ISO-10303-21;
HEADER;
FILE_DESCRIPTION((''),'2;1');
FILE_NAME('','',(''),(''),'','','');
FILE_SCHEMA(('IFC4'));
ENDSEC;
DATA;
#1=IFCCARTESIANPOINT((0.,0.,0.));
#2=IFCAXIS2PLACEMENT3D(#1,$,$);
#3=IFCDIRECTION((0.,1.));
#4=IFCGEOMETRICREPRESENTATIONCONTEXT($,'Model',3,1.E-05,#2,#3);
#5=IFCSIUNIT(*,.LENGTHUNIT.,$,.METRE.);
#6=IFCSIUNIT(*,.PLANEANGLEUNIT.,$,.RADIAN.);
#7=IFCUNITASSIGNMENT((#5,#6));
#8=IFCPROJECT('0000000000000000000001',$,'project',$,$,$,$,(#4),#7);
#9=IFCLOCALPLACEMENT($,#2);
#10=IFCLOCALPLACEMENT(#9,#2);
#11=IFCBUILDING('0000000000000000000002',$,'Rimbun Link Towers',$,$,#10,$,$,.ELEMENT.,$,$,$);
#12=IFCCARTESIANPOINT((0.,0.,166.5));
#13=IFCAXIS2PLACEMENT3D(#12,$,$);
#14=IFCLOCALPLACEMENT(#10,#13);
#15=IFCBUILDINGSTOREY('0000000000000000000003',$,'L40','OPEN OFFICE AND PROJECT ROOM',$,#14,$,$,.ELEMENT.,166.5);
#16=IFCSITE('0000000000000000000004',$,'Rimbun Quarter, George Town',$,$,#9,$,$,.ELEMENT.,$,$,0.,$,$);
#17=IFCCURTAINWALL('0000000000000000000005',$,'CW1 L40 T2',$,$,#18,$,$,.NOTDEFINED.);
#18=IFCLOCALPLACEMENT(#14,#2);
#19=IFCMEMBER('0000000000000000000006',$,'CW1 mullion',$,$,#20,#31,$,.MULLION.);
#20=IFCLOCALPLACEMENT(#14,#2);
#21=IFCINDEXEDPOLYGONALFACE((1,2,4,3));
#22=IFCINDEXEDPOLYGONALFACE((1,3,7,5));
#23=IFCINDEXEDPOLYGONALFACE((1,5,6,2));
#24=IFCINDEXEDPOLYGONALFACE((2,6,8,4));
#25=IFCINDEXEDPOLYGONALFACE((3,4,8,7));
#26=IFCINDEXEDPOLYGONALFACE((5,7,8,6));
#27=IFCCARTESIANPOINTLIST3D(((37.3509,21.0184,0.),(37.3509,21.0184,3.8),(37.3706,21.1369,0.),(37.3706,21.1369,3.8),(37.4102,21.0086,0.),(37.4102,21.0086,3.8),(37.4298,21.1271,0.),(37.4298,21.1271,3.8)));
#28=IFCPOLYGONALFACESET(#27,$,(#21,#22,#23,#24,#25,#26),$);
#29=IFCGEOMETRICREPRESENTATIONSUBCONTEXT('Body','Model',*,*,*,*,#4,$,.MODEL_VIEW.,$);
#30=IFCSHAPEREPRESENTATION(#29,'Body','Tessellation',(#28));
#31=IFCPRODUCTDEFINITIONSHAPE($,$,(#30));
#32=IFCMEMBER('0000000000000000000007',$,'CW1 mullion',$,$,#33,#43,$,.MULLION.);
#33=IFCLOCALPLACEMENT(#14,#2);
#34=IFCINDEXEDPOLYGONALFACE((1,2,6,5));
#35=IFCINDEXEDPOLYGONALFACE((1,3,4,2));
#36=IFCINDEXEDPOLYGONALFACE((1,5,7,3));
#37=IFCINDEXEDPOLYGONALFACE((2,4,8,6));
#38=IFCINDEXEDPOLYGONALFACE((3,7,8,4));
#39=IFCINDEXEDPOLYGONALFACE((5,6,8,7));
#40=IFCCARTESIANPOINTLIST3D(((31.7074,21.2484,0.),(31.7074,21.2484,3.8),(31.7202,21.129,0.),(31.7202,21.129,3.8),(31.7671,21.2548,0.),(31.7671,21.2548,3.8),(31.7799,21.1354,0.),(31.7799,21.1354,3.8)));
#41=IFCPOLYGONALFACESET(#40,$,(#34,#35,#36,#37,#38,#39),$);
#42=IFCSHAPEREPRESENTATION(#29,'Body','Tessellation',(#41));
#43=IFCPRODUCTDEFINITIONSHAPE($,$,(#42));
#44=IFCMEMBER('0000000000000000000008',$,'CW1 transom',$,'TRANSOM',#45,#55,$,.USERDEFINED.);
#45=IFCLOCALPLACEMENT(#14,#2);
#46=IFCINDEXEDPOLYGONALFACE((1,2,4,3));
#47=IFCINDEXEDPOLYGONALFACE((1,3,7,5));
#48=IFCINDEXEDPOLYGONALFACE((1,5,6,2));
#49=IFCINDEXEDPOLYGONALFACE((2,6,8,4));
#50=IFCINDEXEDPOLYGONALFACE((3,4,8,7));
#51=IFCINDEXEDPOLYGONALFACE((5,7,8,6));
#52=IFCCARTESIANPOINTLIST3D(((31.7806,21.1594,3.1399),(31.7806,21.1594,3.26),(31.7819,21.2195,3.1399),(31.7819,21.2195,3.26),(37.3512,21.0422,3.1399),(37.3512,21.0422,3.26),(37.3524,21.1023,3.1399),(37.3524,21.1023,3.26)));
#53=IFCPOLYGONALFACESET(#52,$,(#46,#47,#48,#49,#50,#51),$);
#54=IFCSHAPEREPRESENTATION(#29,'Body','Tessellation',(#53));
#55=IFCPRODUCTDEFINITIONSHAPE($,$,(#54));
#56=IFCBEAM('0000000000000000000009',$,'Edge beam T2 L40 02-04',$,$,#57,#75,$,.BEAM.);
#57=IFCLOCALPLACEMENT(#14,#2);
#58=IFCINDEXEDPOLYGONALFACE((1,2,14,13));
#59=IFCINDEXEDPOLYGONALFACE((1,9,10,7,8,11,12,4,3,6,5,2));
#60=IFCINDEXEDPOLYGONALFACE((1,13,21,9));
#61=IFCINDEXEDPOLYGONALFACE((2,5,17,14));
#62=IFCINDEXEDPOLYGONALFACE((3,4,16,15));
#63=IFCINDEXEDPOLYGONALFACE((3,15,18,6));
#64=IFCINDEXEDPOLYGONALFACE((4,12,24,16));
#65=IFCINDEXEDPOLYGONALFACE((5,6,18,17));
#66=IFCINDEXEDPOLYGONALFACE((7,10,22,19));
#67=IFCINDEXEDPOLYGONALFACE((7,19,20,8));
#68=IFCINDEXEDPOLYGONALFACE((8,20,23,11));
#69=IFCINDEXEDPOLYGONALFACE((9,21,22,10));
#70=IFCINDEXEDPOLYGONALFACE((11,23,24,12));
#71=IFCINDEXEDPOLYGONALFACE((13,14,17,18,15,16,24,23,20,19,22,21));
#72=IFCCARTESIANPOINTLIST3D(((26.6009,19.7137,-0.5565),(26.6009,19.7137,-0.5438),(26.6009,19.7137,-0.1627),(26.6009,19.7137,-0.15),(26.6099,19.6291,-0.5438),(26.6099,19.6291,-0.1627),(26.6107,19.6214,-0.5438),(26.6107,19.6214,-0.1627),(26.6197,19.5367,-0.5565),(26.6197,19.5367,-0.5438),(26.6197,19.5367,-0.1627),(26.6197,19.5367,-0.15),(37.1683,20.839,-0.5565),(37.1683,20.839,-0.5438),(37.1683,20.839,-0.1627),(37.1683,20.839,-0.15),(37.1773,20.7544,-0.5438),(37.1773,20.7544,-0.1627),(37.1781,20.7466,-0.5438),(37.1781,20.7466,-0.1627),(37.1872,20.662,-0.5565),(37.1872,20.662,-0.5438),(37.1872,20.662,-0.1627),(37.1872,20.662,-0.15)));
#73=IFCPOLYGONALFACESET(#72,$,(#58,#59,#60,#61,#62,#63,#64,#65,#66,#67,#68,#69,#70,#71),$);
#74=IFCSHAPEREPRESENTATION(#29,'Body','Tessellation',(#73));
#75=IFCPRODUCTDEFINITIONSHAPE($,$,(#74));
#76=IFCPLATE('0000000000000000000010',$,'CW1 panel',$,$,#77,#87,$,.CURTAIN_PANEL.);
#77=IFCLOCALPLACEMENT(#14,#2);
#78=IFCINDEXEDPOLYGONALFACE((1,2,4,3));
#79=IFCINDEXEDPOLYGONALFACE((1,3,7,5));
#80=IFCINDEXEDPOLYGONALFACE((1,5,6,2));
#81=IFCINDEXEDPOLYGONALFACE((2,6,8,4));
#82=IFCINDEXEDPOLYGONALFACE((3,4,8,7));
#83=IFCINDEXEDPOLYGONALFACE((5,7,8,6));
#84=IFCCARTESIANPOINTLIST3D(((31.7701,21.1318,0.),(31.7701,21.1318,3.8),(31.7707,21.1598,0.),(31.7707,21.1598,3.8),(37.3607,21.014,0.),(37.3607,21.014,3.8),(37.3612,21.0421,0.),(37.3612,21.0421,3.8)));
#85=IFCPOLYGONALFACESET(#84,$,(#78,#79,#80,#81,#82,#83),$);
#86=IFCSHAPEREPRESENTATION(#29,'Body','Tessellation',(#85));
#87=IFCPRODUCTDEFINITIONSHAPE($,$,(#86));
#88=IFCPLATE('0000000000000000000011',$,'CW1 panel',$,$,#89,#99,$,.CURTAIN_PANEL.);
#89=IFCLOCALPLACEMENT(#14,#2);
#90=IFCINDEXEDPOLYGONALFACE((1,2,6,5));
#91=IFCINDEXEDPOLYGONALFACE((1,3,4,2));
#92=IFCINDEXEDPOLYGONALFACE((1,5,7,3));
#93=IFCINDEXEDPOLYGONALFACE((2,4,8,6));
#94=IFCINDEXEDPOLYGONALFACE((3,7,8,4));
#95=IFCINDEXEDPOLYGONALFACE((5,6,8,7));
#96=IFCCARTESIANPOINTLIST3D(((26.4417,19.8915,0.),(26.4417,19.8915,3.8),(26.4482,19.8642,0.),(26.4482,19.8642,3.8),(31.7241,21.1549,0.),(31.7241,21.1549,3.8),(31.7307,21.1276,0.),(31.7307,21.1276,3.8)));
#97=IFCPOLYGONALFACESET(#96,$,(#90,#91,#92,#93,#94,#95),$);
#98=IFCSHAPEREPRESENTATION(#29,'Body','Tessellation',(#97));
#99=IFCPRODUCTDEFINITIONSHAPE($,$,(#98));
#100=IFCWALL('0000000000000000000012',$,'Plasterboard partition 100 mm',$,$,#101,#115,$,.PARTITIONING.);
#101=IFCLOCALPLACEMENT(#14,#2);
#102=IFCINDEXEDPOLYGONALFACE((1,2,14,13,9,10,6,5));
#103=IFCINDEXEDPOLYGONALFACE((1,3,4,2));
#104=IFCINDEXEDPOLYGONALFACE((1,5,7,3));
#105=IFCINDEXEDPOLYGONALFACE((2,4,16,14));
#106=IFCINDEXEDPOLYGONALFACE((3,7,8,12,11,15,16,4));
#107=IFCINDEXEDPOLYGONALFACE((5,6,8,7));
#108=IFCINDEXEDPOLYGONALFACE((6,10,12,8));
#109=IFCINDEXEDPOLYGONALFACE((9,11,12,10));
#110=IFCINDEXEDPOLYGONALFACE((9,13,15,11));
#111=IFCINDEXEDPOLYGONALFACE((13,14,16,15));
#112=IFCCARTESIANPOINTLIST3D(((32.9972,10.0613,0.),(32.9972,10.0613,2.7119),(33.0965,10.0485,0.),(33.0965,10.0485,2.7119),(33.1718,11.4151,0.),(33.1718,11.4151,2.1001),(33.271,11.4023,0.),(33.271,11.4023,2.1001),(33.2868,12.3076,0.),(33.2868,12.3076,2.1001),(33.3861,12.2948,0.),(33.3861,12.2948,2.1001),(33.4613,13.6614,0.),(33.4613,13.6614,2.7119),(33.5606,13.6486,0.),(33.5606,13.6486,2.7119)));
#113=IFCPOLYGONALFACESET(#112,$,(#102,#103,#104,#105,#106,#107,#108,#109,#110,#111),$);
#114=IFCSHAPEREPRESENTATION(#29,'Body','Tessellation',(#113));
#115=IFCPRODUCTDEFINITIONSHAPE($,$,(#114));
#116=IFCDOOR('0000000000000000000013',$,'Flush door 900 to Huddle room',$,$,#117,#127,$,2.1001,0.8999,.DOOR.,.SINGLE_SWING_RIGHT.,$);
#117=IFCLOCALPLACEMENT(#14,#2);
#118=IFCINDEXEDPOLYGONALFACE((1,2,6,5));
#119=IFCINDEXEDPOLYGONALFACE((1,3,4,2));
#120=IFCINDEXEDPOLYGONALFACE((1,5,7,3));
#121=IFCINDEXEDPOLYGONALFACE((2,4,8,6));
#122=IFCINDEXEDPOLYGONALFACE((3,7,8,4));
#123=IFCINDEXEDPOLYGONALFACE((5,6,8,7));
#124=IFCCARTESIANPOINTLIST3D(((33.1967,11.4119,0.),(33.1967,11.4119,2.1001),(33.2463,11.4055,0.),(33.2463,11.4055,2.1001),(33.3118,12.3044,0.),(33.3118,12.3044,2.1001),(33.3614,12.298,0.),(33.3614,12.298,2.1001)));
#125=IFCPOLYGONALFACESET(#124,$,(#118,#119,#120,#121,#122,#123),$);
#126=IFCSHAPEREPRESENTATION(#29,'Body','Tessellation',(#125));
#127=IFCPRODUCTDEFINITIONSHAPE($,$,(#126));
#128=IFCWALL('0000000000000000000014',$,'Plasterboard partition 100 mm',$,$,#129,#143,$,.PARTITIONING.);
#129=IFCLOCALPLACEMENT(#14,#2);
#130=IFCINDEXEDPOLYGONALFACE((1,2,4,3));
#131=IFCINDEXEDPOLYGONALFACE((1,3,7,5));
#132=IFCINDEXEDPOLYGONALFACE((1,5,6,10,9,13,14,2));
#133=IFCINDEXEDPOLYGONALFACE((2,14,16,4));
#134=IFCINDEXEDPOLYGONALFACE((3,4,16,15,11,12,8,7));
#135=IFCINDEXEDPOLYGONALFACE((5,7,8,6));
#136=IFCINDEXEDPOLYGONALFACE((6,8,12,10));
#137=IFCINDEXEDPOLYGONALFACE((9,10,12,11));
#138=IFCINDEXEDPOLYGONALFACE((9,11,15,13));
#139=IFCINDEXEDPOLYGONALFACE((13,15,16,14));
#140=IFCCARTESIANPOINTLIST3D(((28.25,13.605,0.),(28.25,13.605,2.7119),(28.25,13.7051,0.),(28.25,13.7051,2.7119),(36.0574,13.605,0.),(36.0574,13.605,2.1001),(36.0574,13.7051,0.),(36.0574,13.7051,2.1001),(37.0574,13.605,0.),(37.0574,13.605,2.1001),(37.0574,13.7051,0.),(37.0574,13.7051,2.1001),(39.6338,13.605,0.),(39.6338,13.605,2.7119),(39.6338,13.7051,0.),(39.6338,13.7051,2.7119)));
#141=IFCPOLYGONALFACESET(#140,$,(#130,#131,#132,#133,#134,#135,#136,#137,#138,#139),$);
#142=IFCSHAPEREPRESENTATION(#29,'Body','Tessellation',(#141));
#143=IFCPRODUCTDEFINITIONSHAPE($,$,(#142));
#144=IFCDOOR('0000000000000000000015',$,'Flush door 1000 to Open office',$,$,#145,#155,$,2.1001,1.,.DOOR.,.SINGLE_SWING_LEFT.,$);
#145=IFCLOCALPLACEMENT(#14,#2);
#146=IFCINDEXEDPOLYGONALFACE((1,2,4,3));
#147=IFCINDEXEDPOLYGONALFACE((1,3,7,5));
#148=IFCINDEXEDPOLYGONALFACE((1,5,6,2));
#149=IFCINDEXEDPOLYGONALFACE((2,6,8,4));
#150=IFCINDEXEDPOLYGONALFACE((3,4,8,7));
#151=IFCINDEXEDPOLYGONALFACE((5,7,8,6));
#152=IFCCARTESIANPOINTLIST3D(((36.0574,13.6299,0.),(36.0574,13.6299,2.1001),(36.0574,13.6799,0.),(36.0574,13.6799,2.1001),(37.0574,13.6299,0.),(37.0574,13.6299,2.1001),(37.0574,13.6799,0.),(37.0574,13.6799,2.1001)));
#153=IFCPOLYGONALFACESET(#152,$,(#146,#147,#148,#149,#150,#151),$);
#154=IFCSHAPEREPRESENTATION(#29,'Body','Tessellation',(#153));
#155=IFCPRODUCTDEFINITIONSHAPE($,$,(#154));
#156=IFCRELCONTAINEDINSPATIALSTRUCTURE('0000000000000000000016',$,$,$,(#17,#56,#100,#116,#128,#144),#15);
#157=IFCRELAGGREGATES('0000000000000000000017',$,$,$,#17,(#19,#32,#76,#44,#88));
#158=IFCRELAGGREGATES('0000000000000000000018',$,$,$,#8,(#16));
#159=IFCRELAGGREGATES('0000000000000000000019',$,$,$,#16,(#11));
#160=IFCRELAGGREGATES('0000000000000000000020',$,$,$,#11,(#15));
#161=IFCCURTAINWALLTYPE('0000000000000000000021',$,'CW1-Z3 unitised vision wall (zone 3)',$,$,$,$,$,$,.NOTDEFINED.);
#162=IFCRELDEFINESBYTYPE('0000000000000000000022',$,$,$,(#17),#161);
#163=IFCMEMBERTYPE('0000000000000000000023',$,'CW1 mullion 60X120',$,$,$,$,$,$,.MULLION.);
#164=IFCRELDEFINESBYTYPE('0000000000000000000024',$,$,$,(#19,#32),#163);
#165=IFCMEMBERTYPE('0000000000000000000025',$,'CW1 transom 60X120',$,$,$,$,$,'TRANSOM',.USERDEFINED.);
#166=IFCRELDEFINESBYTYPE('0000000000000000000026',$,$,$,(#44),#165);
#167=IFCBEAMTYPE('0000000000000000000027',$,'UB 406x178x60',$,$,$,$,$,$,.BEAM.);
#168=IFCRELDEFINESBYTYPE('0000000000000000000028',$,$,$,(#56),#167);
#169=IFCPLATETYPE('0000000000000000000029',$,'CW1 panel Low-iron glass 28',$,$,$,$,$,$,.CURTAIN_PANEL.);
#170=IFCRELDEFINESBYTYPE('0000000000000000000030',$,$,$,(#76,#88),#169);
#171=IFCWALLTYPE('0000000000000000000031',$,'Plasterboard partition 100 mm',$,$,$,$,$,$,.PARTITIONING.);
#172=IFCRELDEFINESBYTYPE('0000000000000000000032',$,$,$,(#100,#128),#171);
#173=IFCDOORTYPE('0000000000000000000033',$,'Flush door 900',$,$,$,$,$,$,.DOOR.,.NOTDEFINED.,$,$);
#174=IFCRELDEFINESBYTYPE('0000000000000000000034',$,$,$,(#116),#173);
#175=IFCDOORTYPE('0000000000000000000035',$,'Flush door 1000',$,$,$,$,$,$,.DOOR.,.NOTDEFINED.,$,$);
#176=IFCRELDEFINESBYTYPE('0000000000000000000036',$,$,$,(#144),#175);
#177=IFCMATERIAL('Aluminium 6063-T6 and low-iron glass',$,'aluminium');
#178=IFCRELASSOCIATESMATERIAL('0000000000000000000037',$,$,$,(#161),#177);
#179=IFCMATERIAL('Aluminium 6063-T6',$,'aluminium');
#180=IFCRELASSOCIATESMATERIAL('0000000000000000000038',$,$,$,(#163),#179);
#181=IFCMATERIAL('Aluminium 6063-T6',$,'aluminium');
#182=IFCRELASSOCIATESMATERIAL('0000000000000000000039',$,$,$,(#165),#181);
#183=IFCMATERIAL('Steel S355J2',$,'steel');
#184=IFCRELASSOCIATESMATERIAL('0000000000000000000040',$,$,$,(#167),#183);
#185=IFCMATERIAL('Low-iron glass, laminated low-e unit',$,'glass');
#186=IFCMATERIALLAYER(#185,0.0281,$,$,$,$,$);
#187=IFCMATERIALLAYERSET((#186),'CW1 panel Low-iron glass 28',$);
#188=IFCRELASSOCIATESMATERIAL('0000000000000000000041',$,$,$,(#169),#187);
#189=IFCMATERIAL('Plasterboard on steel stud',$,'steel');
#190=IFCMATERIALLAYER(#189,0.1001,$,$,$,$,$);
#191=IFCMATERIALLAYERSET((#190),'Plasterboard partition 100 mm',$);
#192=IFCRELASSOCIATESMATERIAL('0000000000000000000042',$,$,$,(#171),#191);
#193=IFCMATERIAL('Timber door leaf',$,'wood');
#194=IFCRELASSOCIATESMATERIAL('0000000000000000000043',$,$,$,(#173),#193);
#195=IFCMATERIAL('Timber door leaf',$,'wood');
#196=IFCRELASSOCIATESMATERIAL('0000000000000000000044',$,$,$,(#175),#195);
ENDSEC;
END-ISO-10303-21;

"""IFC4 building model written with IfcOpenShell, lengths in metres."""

from ifc_helpers import new_model, si_unit, direction, frame, frame_2d, origin, origin_2d, place, context, subcontext, project, spatial, rectangle, i_section, extrude, material, layer, layer_set, material_profile, profile_set, type_object, element, fill, aggregate, save


model = new_model("IFC4")

# Units and contexts
model_context = context("Model", 3, precision=1e-05, world=origin(), true_north=direction((0.0, 1.0)))
body_context = subcontext(model_context, "Body", "Model", "MODEL_VIEW")
ifc_project = project(units=[si_unit("LENGTHUNIT", "METRE"), si_unit("PLANEANGLEUNIT", "RADIAN")], contexts=[model_context])

# Site, building, storey
site_placement = place(None, origin())
site = spatial("IfcSite", under=ifc_project, at=site_placement, Name="Rimbun Quarter, George Town", CompositionType="ELEMENT", RefElevation=0.0)
building_placement = place(site_placement, origin())
building = spatial("IfcBuilding", under=site, at=building_placement, Name="Rimbun Link Towers", CompositionType="ELEMENT")
storey_placement = place(building_placement, frame((0.0, 0.0, 166.5)))
storey = spatial("IfcBuildingStorey", under=building, at=storey_placement, Name="L40", Description="OPEN OFFICE AND PROJECT ROOM", CompositionType="ELEMENT", Elevation=166.5)

# Curtain wall, members
ifc_material_1 = material(Name="Aluminium 6063-T6 and low-iron glass", Category="aluminium")
curtain_wall_type = type_object("IfcCurtainWallType", Name="CW1-Z3 unitised vision wall (zone 3)", PredefinedType="NOTDEFINED", material=ifc_material_1)
curtain_wall_placement = place(storey_placement, origin())
curtain_wall = element("IfcCurtainWall", 1, at=curtain_wall_placement, inside=storey, type_object=curtain_wall_type, Name="CW1 L40 T2", PredefinedType="NOTDEFINED")
ifc_material_2 = material(Name="Aluminium 6063-T6", Category="aluminium")
ifc_material_profile_1 = material_profile(ifc_material_2, rectangle(XDim=0.1201, YDim=0.0601, at=origin_2d()), Name="MULLION 60X120")
ifc_profile_set_1 = profile_set([ifc_material_profile_1], Name="Aluminium 6063-T6")
member_type_1 = type_object("IfcMemberType", Name="CW1 mullion 60X120", PredefinedType="MULLION", material=ifc_profile_set_1)
member_1_placement = place(storey_placement, frame((37.3904, 21.0728, 0.0), z_axis=(0.0, 0.0, 1.0), x_axis=(0.163752, 0.986502, 0.0)))
member_1 = element("IfcMember", 2, at=member_1_placement, type_object=member_type_1, Name="CW1 mullion", PredefinedType="MULLION", context=body_context, shape_type="SweptSolid", body=[
    extrude(rectangle(XDim=0.1201, YDim=0.0601, at=origin_2d()), origin(), (0.0, 0.0, 1.0), 3.8),
])
member_2_placement = place(storey_placement, frame((31.7437, 21.1919, 0.0), z_axis=(0.0, 0.0, 1.0), x_axis=(-0.106647, 0.994297, 0.0)))
member_2 = element("IfcMember", 3, at=member_2_placement, type_object=member_type_1, Name="CW1 mullion", PredefinedType="MULLION", context=body_context, shape_type="SweptSolid", body=[
    extrude(rectangle(XDim=0.1201, YDim=0.0601, at=origin_2d()), origin(), (0.0, 0.0, 1.0), 3.8),
])
ifc_material_3 = material(Name="Aluminium 6063-T6", Category="aluminium")
ifc_material_profile_2 = material_profile(ifc_material_3, rectangle(XDim=0.0601, YDim=0.1201, at=origin_2d()), Name="TRANSOM 60X120")
ifc_profile_set_2 = profile_set([ifc_material_profile_2], Name="Aluminium 6063-T6")
member_type_2 = type_object("IfcMemberType", Name="CW1 transom 60X120", ElementType="TRANSOM", PredefinedType="USERDEFINED", material=ifc_profile_set_2)
member_3_placement = place(storey_placement, frame((31.7812, 21.1895, 3.2), z_axis=(0.999779, -0.021032, 0.0), x_axis=(0.021032, 0.999779, 0.0)))
member_3 = element("IfcMember", 4, at=member_3_placement, type_object=member_type_2, Name="CW1 transom", ObjectType="TRANSOM", PredefinedType="USERDEFINED", context=body_context, shape_type="SweptSolid", body=[
    extrude(rectangle(XDim=0.0601, YDim=0.1201, at=origin_2d()), origin(), (0.0, 0.0, 1.0), 5.5718),
])

# Beam
ifc_material_4 = material(Name="Steel S355J2", Category="steel")
ifc_material_profile_3 = material_profile(ifc_material_4, i_section(OverallWidth=0.178, OverallDepth=0.4065, WebThickness=0.0078, FlangeThickness=0.0127, at=origin_2d()), Name="UB 406x178x60")
ifc_profile_set_3 = profile_set([ifc_material_profile_3], Name="Steel S355J2")
beam_type = type_object("IfcBeamType", Name="UB 406x178x60", PredefinedType="BEAM", material=ifc_profile_set_3)
beam_placement = place(storey_placement, frame((37.1777, 20.7505, -0.3533), z_axis=(-0.994378, -0.105884, 0.0), x_axis=(0.105884, -0.994378, 0.0)))
element("IfcBeam", 5, at=beam_placement, inside=storey, type_object=beam_type, Name="Edge beam T2 L40 02-04", PredefinedType="BEAM", context=body_context, shape_type="SweptSolid", body=[
    extrude(i_section(OverallWidth=0.178, OverallDepth=0.4065, WebThickness=0.0078, FlangeThickness=0.0127, at=origin_2d()), origin(), (0.0, 0.0, 1.0), 10.6272),
])

# Plates
ifc_material_5 = material(Name="Low-iron glass, laminated low-e unit", Category="glass")
ifc_layer_1 = layer(ifc_material_5, 0.0281)
ifc_layer_set_1 = layer_set([ifc_layer_1], Name="CW1 panel Low-iron glass 28")
plate_type = type_object("IfcPlateType", Name="CW1 panel Low-iron glass 28", PredefinedType="CURTAIN_PANEL", material=ifc_layer_set_1)
plate_1_placement = place(storey_placement, frame((34.5657, 21.0869, 0.0), z_axis=(0.0, 0.0, 1.0), x_axis=(0.999778, -0.021059, 0.0)))
plate_1 = element("IfcPlate", 6, at=plate_1_placement, type_object=plate_type, Name="CW1 panel", PredefinedType="CURTAIN_PANEL", context=body_context, shape_type="SweptSolid", body=[
    extrude(rectangle(XDim=5.5918, YDim=0.0281, at=origin_2d()), origin(), (0.0, 0.0, 1.0), 3.8),
])
plate_2_placement = place(storey_placement, frame((29.0862, 20.5095, 0.0), z_axis=(0.0, 0.0, 1.0), x_axis=(0.97257, 0.23261, 0.0)))
plate_2 = element("IfcPlate", 7, at=plate_2_placement, type_object=plate_type, Name="CW1 panel", PredefinedType="CURTAIN_PANEL", context=body_context, shape_type="SweptSolid", body=[
    extrude(rectangle(XDim=5.4314, YDim=0.0281, at=origin_2d()), origin(), (0.0, 0.0, 1.0), 3.8),
])
aggregate(curtain_wall, [member_1, member_2, plate_1, member_3, plate_2])

# Walls, openings, doors
ifc_material_6 = material(Name="Plasterboard on steel stud", Category="steel")
ifc_layer_2 = layer(ifc_material_6, 0.1001)
ifc_layer_set_2 = layer_set([ifc_layer_2], Name="Plasterboard partition 100 mm")
wall_type = type_object("IfcWallType", Name="Plasterboard partition 100 mm", PredefinedType="PARTITIONING", material=ifc_layer_set_2)
wall_1_placement = place(storey_placement, frame((33.0469, 10.0549, 0.0), z_axis=(0.0, 0.0, 1.0), x_axis=(0.127858, 0.991792, 0.0)))
wall_1 = element("IfcWall", 8, at=wall_1_placement, inside=storey, type_object=wall_type, Name="Plasterboard partition 100 mm", PredefinedType="PARTITIONING", context=body_context, shape_type="SweptSolid", body=[
    extrude(rectangle(XDim=3.6299, YDim=0.1001, at=frame_2d((1.8149, 0.0))), origin(), (0.0, 0.0, 1.0), 2.7119),
])
opening_1_placement = place(wall_1_placement, frame((1.365, 0.0, 0.0)))
opening_1 = element("IfcOpeningElement", 9, at=opening_1_placement, cuts=wall_1, PredefinedType="OPENING", context=body_context, shape_type="SweptSolid", body=[
    extrude(rectangle(XDim=0.8999, YDim=2.1001, at=frame_2d((0.45, 1.05))), frame((0.0, 0.0601, 0.0), z_axis=(0.0, -1.0, 0.0), x_axis=(1.0, 0.0, 0.0)), (0.0, 0.0, 1.0), 0.1201),
])
ifc_material_7 = material(Name="Timber door leaf", Category="wood")
door_type_1 = type_object("IfcDoorType", Name="Flush door 900", OperationType="NOTDEFINED", PredefinedType="DOOR", material=ifc_material_7)
door_1_placement = place(opening_1_placement, origin())
door_1 = element("IfcDoor", 10, at=door_1_placement, inside=storey, type_object=door_type_1, Name="Flush door 900 to Huddle room", OperationType="SINGLE_SWING_RIGHT", OverallHeight=2.1001, OverallWidth=0.8999, PredefinedType="DOOR", context=body_context, shape_type="SweptSolid", body=[
    extrude(rectangle(XDim=0.8999, YDim=2.1001, at=frame_2d((0.45, 1.05))), frame((0.0, 0.0249, 0.0), z_axis=(0.0, -1.0, 0.0), x_axis=(1.0, 0.0, 0.0)), (0.0, 0.0, 1.0), 0.05),
])
fill(opening_1, door_1)
wall_2_placement = place(storey_placement, frame((28.25, 13.655, 0.0), z_axis=(0.0, 0.0, 1.0), x_axis=(1.0, 0.0, 0.0)))
wall_2 = element("IfcWall", 11, at=wall_2_placement, inside=storey, type_object=wall_type, Name="Plasterboard partition 100 mm", PredefinedType="PARTITIONING", context=body_context, shape_type="SweptSolid", body=[
    extrude(rectangle(XDim=11.3838, YDim=0.1001, at=frame_2d((5.6919, 0.0))), origin(), (0.0, 0.0, 1.0), 2.7119),
])
opening_2_placement = place(wall_2_placement, frame((7.8074, 0.0, 0.0)))
opening_2 = element("IfcOpeningElement", 12, at=opening_2_placement, cuts=wall_2, PredefinedType="OPENING", context=body_context, shape_type="SweptSolid", body=[
    extrude(rectangle(XDim=1.0, YDim=2.1001, at=frame_2d((0.5, 1.05))), frame((0.0, 0.0601, 0.0), z_axis=(0.0, -1.0, 0.0), x_axis=(1.0, 0.0, 0.0)), (0.0, 0.0, 1.0), 0.1201),
])
ifc_material_8 = material(Name="Timber door leaf", Category="wood")
door_type_2 = type_object("IfcDoorType", Name="Flush door 1000", OperationType="NOTDEFINED", PredefinedType="DOOR", material=ifc_material_8)
door_2_placement = place(opening_2_placement, origin())
door_2 = element("IfcDoor", 13, at=door_2_placement, inside=storey, type_object=door_type_2, Name="Flush door 1000 to Open office", OperationType="SINGLE_SWING_LEFT", OverallHeight=2.1001, OverallWidth=1.0, PredefinedType="DOOR", context=body_context, shape_type="SweptSolid", body=[
    extrude(rectangle(XDim=1.0, YDim=2.1001, at=frame_2d((0.5, 1.05))), frame((0.0, 0.0249, 0.0), z_axis=(0.0, -1.0, 0.0), x_axis=(1.0, 0.0, 0.0)), (0.0, 0.0, 1.0), 0.05),
])
fill(opening_2, door_2)

save(model, "model.ifc")
